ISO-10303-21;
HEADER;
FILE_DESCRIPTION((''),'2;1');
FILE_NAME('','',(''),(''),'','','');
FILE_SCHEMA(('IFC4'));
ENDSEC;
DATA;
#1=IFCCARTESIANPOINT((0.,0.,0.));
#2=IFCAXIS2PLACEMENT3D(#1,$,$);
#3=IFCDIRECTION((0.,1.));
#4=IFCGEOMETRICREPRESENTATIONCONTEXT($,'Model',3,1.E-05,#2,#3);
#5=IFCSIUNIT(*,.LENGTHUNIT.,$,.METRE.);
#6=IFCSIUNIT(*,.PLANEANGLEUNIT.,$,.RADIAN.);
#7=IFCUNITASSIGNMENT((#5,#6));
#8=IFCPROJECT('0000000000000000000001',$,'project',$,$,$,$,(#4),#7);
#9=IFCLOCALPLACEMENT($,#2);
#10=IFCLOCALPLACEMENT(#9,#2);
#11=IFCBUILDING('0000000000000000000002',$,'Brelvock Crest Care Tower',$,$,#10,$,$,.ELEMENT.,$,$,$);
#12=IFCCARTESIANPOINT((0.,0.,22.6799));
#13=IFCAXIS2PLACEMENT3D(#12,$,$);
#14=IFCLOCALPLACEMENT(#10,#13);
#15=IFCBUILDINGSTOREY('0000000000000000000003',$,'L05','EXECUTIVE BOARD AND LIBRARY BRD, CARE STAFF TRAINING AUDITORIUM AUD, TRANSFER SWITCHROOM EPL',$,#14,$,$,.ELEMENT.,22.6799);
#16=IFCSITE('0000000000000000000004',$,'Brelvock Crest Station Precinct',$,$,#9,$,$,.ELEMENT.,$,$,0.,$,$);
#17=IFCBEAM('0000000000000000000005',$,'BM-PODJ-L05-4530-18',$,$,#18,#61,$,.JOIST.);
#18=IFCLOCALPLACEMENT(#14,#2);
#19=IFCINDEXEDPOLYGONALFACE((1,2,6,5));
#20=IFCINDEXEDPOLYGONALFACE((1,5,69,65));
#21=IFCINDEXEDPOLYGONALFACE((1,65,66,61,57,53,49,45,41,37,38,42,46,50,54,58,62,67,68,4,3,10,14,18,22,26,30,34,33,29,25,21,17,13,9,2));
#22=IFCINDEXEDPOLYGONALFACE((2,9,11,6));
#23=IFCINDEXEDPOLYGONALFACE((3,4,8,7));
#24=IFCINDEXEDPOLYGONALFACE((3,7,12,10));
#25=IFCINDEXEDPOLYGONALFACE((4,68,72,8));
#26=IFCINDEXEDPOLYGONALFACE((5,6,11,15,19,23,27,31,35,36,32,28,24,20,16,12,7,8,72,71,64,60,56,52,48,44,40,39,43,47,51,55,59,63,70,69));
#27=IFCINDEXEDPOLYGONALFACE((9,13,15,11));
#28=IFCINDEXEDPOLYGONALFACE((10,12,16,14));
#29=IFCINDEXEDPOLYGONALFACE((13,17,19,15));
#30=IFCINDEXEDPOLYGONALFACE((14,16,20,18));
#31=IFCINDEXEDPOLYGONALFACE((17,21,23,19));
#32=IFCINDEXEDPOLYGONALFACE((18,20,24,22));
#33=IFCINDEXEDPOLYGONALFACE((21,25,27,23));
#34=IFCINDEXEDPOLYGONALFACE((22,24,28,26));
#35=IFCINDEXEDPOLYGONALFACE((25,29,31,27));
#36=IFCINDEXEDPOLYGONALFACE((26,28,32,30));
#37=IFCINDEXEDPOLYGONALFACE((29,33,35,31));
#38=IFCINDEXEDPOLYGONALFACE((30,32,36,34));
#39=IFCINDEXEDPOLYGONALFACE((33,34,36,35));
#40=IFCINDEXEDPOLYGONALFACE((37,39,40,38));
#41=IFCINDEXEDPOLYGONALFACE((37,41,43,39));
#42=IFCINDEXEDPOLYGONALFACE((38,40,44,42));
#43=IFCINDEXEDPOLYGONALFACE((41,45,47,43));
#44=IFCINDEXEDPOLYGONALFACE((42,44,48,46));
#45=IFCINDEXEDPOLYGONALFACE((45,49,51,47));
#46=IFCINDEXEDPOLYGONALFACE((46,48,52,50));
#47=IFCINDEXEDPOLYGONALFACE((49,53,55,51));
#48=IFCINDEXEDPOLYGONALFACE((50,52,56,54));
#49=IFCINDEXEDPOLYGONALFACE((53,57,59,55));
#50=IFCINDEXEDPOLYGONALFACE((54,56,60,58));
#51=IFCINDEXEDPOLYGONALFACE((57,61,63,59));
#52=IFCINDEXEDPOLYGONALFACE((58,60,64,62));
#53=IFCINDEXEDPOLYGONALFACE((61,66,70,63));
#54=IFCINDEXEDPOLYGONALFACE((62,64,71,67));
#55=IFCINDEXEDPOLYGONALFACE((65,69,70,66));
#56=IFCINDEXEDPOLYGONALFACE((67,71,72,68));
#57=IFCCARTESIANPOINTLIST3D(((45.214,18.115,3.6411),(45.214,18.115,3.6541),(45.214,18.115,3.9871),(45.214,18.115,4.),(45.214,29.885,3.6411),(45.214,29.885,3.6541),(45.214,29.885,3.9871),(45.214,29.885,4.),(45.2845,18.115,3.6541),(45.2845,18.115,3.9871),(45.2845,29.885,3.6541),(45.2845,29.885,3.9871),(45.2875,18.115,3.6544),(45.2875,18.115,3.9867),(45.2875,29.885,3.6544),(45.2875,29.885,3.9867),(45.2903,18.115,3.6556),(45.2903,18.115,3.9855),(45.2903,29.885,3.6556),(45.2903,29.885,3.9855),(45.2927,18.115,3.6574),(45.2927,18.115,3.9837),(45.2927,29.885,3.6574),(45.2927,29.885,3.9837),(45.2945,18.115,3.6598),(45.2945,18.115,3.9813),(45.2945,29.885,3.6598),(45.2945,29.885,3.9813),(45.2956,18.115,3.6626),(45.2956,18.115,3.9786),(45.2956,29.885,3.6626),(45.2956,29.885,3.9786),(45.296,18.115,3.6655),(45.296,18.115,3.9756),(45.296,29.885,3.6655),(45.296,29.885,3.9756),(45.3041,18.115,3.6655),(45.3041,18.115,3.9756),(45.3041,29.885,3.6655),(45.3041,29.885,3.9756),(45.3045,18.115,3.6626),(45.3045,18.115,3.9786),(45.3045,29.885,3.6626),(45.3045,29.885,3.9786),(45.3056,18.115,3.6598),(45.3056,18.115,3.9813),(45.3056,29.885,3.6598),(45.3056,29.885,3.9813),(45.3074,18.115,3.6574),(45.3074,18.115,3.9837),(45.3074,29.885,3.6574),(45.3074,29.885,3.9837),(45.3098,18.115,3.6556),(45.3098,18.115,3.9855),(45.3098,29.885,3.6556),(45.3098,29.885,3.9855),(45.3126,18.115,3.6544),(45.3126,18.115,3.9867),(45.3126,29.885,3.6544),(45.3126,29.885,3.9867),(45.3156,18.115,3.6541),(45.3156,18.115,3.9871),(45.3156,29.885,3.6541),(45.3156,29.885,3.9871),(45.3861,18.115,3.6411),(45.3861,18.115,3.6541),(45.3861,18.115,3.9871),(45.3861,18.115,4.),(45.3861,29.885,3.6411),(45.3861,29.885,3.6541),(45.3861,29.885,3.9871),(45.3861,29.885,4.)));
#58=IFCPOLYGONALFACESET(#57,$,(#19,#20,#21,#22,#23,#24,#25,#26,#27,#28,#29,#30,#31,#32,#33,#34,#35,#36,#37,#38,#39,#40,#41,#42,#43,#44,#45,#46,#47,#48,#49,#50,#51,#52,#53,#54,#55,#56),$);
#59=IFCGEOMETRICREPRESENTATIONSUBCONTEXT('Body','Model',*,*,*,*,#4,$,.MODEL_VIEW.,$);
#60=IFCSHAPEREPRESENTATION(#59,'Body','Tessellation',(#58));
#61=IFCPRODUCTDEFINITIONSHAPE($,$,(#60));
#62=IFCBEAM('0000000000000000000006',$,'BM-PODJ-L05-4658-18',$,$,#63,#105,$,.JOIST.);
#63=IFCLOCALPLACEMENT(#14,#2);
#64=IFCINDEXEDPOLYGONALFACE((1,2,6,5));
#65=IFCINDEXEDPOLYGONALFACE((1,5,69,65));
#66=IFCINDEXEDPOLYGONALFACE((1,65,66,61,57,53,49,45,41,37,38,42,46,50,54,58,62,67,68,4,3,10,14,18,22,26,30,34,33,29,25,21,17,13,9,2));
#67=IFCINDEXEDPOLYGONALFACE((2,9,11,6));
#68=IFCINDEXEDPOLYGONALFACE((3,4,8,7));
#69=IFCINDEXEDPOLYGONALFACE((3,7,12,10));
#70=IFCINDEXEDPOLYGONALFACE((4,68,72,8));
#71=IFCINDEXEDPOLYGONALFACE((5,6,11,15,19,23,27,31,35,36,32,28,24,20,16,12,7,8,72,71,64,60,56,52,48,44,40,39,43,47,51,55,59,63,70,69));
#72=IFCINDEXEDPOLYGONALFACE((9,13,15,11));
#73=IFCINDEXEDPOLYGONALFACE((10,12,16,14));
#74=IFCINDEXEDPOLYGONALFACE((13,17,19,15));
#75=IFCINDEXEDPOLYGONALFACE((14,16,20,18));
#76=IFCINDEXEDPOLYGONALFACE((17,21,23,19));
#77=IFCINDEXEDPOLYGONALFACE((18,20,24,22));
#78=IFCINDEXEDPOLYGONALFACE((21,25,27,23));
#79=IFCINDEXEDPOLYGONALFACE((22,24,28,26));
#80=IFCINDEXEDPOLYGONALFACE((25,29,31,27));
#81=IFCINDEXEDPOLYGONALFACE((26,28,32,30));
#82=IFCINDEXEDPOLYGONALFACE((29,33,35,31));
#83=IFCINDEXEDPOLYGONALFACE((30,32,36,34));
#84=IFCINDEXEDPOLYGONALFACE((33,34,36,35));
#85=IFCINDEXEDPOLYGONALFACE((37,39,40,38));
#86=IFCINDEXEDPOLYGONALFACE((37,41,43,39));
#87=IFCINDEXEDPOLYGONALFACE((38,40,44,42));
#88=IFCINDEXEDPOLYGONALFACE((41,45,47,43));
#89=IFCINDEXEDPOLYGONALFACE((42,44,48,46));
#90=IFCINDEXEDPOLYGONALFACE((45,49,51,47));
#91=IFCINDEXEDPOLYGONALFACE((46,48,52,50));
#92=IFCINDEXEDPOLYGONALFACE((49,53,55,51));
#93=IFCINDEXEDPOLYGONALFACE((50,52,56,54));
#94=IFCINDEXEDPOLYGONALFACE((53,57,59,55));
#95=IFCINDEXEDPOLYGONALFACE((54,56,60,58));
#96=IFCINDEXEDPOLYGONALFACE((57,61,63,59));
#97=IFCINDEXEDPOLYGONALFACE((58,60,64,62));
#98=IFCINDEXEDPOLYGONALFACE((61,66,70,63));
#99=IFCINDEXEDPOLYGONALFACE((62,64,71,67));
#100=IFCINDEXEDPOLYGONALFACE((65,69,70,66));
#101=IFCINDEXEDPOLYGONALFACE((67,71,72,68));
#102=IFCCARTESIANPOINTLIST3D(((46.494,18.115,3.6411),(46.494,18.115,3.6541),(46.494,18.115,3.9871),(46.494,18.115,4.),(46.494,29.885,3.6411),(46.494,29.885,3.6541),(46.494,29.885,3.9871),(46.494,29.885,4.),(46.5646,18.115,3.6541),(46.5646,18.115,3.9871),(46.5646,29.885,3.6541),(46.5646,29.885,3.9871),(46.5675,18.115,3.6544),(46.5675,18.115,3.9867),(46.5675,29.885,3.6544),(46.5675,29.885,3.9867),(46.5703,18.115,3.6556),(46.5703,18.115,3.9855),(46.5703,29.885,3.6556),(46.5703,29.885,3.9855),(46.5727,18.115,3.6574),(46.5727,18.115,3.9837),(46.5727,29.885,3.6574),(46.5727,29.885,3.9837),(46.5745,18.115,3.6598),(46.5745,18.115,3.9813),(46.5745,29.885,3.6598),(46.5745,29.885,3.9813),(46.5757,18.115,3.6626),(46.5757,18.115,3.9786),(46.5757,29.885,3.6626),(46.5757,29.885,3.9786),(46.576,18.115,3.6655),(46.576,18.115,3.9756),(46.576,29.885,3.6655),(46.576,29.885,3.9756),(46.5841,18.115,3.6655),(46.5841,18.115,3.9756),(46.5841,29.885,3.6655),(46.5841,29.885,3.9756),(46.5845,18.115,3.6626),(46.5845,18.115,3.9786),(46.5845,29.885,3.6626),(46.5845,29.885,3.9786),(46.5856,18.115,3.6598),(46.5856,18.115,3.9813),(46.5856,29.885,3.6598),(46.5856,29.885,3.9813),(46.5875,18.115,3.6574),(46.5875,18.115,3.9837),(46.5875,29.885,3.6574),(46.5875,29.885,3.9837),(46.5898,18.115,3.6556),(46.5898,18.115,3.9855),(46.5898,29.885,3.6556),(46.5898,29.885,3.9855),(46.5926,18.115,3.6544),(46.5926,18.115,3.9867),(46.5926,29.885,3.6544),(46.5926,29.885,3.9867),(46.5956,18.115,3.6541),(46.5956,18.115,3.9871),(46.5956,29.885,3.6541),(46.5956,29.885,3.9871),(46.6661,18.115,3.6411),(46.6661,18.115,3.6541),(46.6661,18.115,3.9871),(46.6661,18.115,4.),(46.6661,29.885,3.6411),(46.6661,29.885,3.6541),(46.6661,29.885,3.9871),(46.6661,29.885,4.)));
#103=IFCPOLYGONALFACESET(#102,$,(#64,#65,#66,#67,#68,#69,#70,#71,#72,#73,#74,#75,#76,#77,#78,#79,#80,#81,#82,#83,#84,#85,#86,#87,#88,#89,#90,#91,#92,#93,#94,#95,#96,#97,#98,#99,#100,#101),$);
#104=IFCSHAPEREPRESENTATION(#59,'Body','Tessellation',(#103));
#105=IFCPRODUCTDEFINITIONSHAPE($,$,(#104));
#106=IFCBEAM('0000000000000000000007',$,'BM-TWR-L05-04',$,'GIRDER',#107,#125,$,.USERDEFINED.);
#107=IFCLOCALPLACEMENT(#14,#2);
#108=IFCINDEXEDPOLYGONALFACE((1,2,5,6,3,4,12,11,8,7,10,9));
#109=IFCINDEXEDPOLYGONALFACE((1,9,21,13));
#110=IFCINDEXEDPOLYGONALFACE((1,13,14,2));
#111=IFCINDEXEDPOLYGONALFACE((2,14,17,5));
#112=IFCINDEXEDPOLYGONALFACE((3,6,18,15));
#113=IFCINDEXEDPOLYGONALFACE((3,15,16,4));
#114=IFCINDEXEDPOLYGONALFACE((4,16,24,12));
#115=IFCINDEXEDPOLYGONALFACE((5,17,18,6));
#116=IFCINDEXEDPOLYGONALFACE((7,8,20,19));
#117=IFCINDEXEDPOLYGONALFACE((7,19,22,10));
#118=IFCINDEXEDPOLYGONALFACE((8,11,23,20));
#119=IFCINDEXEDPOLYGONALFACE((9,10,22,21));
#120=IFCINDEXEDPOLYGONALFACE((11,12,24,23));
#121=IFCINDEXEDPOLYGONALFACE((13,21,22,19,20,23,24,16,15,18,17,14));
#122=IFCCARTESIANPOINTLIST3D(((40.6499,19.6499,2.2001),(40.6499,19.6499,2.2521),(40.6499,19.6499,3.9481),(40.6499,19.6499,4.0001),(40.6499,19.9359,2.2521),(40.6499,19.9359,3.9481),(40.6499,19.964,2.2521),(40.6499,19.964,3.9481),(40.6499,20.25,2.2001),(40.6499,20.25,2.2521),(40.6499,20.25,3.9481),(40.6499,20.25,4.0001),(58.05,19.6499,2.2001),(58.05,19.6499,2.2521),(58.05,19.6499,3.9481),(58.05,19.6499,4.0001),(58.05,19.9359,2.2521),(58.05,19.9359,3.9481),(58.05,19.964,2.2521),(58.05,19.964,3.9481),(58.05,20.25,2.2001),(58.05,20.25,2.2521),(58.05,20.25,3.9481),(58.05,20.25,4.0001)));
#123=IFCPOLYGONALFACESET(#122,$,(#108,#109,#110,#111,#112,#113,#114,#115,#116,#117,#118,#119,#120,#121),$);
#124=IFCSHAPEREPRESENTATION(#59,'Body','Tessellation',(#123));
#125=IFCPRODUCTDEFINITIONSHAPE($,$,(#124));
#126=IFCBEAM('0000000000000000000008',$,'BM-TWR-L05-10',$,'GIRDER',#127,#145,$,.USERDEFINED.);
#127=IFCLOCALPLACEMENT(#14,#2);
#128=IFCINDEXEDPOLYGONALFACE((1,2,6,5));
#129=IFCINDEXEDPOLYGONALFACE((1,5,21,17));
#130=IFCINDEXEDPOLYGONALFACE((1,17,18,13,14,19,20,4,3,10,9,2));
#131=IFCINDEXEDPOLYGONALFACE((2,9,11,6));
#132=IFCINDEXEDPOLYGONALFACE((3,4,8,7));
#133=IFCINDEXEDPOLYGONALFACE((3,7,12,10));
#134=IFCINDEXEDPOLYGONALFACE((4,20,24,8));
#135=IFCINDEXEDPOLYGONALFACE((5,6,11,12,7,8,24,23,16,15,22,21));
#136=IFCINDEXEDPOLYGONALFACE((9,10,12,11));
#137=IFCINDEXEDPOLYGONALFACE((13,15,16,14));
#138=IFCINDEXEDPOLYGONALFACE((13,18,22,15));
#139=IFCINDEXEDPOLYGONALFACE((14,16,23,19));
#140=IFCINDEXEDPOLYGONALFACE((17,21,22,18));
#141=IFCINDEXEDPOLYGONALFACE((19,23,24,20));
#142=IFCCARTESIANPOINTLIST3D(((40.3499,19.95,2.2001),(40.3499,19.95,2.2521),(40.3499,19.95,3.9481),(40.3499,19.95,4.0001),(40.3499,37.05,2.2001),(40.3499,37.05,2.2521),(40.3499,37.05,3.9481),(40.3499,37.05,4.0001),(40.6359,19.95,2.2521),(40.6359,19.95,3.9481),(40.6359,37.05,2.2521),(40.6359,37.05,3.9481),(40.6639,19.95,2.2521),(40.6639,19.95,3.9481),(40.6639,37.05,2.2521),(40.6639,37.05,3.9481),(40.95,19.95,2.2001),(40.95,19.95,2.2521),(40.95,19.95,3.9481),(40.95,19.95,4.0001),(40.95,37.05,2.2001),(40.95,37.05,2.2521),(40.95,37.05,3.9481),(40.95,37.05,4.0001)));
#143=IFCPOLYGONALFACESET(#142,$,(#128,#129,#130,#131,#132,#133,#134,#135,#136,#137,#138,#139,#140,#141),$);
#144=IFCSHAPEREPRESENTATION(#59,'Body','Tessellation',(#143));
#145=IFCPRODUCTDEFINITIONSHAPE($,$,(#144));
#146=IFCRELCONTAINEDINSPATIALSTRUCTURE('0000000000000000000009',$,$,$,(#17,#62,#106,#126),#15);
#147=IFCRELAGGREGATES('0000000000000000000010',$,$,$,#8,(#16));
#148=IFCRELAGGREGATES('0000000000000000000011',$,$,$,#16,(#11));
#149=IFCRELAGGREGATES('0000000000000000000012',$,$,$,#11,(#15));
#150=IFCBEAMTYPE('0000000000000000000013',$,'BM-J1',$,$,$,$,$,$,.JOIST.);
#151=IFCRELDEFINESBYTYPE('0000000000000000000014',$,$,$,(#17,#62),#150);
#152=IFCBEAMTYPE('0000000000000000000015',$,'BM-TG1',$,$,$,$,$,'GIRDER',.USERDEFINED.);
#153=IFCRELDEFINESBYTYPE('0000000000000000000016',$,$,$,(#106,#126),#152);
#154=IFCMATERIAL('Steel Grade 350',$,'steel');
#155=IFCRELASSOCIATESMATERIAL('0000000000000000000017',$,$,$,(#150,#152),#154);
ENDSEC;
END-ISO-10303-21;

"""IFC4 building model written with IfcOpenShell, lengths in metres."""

from ifc_helpers import new_model, si_unit, direction, frame, origin, origin_2d, place, context, subcontext, project, spatial, i_section, extrude, source, transform, mapped, material, material_profile, profile_set, type_object, element, save


model = new_model("IFC4")

# Units and contexts
model_context = context("Model", 3, precision=1e-05, world=origin(), true_north=direction((0.0, 1.0)))
body_context = subcontext(model_context, "Body", "Model", "MODEL_VIEW")
ifc_project = project(units=[si_unit("LENGTHUNIT", "METRE"), si_unit("PLANEANGLEUNIT", "RADIAN")], contexts=[model_context])

# Site, building, storey
site_placement = place(None, origin())
site = spatial("IfcSite", under=ifc_project, at=site_placement, Name="Brelvock Crest Station Precinct", CompositionType="ELEMENT", RefElevation=0.0)
building_placement = place(site_placement, origin())
building = spatial("IfcBuilding", under=site, at=building_placement, Name="Brelvock Crest Care Tower", CompositionType="ELEMENT")
storey_placement = place(building_placement, frame((0.0, 0.0, 22.6799)))
storey = spatial("IfcBuildingStorey", under=building, at=storey_placement, Name="L05", Description="EXECUTIVE BOARD AND LIBRARY BRD, CARE STAFF TRAINING AUDITORIUM AUD, TRANSFER SWITCHROOM EPL", CompositionType="ELEMENT", Elevation=22.6799)

# Shared definitions
ifc_material_1 = material(Name="Steel Grade 350", Category="steel")

# Beams
ifc_material_profile_1 = material_profile(ifc_material_1, i_section(OverallWidth=0.1721, OverallDepth=0.3589, WebThickness=0.0081, FlangeThickness=0.0129, FilletRadius=0.0115, at=origin_2d()), Name="360UB56.7")
ifc_profile_set_1 = profile_set([ifc_material_profile_1], Name="Steel Grade 350")
beam_type_1 = type_object("IfcBeamType", Name="BM-J1", PredefinedType="JOIST", material=ifc_profile_set_1)
shared_shape_1 = source(origin(), body_context, "Body", "SweptSolid", [
    extrude(i_section(OverallWidth=0.1721, OverallDepth=0.3589, WebThickness=0.0081, FlangeThickness=0.0129, FilletRadius=0.0115, at=origin_2d()), origin(), (0.0, 0.0, 1.0), 11.77),
])
for number, where, z_axis, x_axis, name in (
    (1, (45.3, 18.115, 3.8206), (0.0, 1.0, 0.0), (-1.0, 0.0, 0.0), "BM-PODJ-L05-4530-18"),
    (2, (46.5801, 18.115, 3.8206), (0.0, 1.0, 0.0), (-1.0, 0.0, 0.0), "BM-PODJ-L05-4658-18"),
):
    element("IfcBeam", number, at=place(storey_placement, frame(where, z_axis=z_axis, x_axis=x_axis)), inside=storey, type_object=beam_type_1, Name=name, PredefinedType="JOIST", context=body_context, shape_type="MappedRepresentation", body=[
        mapped(shared_shape_1, transform((0.0, 0.0, 0.0), x_axis=(1.0, 0.0, 0.0), y_axis=(0.0, 1.0, 0.0), z_axis=(0.0, 0.0, 1.0), scale=1.0)),
    ])
ifc_material_profile_2 = material_profile(ifc_material_1, i_section(OverallWidth=0.6001, OverallDepth=1.8, WebThickness=0.0281, FlangeThickness=0.052, at=origin_2d()), Name="1800TG740")
ifc_profile_set_2 = profile_set([ifc_material_profile_2], Name="Steel Grade 350")
beam_type_2 = type_object("IfcBeamType", Name="BM-TG1", ElementType="GIRDER", PredefinedType="USERDEFINED", material=ifc_profile_set_2)
shared_shape_2 = source(origin(), body_context, "Body", "SweptSolid", [
    extrude(i_section(OverallWidth=0.6001, OverallDepth=1.8, WebThickness=0.0281, FlangeThickness=0.052, at=origin_2d()), origin(), (0.0, 0.0, 1.0), 17.4001),
])
beam_1_placement = place(storey_placement, frame((40.6499, 19.95, 3.1001), z_axis=(1.0, 0.0, 0.0), x_axis=(0.0, 1.0, 0.0)))
element("IfcBeam", 3, at=beam_1_placement, inside=storey, type_object=beam_type_2, Name="BM-TWR-L05-04", ObjectType="GIRDER", PredefinedType="USERDEFINED", context=body_context, shape_type="MappedRepresentation", body=[
    mapped(shared_shape_2, transform((0.0, 0.0, 0.0), x_axis=(1.0, 0.0, 0.0), y_axis=(0.0, 1.0, 0.0), z_axis=(0.0, 0.0, 1.0), scale=1.0)),
])
shared_shape_3 = source(origin(), body_context, "Body", "SweptSolid", [
    extrude(i_section(OverallWidth=0.6001, OverallDepth=1.8, WebThickness=0.0281, FlangeThickness=0.052, at=origin_2d()), origin(), (0.0, 0.0, 1.0), 17.1001),
])
beam_2_placement = place(storey_placement, frame((40.6499, 19.95, 3.1001), z_axis=(0.0, 1.0, 0.0), x_axis=(-1.0, 0.0, 0.0)))
element("IfcBeam", 4, at=beam_2_placement, inside=storey, type_object=beam_type_2, Name="BM-TWR-L05-10", ObjectType="GIRDER", PredefinedType="USERDEFINED", context=body_context, shape_type="MappedRepresentation", body=[
    mapped(shared_shape_3, transform((0.0, 0.0, 0.0), x_axis=(1.0, 0.0, 0.0), y_axis=(0.0, 1.0, 0.0), z_axis=(0.0, 0.0, 1.0), scale=1.0)),
])

save(model, "model.ifc")
